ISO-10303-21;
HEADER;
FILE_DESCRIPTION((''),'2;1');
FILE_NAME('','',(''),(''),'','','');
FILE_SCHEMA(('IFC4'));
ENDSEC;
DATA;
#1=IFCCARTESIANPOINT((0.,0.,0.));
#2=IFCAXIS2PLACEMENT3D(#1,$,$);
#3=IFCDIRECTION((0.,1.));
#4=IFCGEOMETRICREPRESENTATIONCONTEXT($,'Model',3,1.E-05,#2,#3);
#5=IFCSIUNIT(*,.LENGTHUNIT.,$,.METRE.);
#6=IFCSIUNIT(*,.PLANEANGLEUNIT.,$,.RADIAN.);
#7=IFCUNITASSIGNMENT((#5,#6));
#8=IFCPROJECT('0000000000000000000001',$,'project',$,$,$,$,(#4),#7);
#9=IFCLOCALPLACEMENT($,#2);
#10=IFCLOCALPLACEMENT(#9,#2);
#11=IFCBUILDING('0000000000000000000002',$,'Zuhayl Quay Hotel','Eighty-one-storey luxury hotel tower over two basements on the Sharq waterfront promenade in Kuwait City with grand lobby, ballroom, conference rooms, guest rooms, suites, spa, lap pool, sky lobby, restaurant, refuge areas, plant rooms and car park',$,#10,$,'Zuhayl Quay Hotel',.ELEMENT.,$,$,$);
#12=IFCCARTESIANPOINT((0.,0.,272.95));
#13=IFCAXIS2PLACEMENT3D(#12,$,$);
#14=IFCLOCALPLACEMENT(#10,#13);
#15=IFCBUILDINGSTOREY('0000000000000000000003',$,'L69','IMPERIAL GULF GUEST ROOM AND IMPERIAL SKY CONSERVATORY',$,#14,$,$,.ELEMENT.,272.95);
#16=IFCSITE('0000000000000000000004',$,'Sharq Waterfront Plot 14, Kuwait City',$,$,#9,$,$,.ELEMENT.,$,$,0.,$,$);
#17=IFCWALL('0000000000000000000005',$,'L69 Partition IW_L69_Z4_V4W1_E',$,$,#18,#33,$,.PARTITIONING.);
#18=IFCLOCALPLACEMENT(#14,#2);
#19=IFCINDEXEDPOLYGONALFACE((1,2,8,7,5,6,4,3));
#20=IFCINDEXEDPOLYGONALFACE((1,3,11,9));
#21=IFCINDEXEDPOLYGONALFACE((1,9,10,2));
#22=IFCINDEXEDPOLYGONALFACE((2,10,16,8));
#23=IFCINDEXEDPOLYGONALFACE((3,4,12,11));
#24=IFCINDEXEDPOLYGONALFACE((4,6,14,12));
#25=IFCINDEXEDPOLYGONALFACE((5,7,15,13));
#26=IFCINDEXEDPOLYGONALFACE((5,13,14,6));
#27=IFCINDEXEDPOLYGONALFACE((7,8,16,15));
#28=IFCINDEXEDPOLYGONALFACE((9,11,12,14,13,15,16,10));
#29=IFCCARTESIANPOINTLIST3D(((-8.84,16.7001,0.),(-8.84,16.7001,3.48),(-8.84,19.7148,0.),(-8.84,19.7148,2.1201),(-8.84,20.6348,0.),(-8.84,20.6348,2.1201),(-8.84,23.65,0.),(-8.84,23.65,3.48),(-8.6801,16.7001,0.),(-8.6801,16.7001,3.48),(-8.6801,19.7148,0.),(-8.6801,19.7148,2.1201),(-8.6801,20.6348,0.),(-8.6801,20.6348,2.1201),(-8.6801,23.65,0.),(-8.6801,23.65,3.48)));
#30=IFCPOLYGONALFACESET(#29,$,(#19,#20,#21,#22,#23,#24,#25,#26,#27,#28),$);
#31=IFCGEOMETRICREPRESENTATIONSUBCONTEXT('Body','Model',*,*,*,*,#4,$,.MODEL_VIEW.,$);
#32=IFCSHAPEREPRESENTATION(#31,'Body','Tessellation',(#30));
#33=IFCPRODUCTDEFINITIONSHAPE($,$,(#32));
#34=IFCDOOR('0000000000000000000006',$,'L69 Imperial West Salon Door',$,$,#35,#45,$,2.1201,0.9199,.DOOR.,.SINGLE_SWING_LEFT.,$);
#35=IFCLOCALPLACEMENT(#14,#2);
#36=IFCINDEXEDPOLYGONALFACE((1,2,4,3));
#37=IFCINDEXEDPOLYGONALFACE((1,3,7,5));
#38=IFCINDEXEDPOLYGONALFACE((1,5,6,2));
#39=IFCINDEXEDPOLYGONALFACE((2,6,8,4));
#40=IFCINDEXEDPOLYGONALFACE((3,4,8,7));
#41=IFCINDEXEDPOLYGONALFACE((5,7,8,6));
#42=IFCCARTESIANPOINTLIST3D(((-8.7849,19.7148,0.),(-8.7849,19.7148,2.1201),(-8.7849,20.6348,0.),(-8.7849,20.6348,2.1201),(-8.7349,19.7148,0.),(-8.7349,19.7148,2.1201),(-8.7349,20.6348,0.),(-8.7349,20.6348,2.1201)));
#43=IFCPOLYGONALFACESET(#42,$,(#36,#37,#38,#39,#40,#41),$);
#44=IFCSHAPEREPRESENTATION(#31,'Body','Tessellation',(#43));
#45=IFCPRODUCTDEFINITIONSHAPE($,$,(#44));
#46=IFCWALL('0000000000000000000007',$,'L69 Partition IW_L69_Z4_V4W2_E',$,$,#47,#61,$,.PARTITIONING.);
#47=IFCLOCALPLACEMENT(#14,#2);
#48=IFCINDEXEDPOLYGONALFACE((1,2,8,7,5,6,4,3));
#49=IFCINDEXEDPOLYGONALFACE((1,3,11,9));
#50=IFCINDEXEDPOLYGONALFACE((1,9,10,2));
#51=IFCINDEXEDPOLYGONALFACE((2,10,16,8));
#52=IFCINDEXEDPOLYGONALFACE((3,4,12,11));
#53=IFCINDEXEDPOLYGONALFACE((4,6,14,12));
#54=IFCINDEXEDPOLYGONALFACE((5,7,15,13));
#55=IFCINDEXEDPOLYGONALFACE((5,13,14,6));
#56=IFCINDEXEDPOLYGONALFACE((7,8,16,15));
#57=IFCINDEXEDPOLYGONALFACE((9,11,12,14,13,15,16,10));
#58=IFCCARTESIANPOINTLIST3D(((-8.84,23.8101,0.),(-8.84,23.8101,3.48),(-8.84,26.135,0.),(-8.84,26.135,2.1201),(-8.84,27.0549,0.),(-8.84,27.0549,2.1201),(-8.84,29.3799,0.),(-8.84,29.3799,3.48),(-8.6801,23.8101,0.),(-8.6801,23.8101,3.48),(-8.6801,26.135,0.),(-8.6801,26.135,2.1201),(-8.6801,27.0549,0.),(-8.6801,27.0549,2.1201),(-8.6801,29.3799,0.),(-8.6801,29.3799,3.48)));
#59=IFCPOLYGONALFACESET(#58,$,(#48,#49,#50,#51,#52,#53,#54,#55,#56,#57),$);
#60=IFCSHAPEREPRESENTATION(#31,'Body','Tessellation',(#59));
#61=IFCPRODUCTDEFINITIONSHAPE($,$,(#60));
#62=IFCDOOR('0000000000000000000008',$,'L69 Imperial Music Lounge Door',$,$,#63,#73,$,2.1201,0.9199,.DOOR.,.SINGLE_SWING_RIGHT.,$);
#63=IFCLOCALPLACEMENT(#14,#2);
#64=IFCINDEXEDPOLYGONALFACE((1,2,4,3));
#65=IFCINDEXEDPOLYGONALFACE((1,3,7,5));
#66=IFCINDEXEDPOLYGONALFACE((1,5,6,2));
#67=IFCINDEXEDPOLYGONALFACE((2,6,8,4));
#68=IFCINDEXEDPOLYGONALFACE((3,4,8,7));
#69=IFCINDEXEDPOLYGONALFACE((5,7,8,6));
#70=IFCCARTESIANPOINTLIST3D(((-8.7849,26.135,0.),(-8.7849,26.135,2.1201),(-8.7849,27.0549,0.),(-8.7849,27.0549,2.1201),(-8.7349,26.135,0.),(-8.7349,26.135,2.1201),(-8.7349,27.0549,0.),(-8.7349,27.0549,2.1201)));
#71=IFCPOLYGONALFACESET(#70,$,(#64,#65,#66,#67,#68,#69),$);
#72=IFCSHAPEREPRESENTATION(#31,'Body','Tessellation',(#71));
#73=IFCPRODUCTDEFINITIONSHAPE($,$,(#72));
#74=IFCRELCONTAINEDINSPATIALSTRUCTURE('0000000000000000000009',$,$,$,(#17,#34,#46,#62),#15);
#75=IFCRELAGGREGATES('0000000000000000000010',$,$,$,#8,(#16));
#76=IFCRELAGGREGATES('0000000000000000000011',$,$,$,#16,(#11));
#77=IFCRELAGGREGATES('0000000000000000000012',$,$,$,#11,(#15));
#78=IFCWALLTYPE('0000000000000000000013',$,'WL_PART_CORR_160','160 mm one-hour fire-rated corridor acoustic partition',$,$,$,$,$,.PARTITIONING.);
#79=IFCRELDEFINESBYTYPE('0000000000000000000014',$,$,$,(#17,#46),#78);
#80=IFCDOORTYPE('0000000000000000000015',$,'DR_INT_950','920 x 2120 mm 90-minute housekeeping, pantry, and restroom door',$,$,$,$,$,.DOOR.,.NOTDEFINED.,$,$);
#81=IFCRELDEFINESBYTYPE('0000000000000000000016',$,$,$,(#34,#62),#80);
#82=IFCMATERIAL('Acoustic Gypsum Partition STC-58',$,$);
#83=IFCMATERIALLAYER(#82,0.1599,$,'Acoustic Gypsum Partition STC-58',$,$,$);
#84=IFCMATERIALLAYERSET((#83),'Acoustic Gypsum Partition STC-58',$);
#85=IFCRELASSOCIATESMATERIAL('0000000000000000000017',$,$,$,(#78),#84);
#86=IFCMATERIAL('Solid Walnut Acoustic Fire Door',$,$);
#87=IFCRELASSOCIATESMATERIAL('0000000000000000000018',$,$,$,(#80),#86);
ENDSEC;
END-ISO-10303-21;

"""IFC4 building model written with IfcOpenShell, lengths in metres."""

from ifc_helpers import new_model, si_unit, direction, frame, frame_2d, origin, place, context, subcontext, project, spatial, rectangle, extrude, material, layer, layer_set, type_object, element, fill, save


model = new_model("IFC4")

# Units and contexts
model_context = context("Model", 3, precision=1e-05, world=origin(), true_north=direction((0.0, 1.0)))
body_context = subcontext(model_context, "Body", "Model", "MODEL_VIEW")
ifc_project = project(units=[si_unit("LENGTHUNIT", "METRE"), si_unit("PLANEANGLEUNIT", "RADIAN")], contexts=[model_context])

# Site, building, storey
site_placement = place(None, origin())
site = spatial("IfcSite", under=ifc_project, at=site_placement, Name="Sharq Waterfront Plot 14, Kuwait City", CompositionType="ELEMENT", RefElevation=0.0)
building_placement = place(site_placement, origin())
building = spatial("IfcBuilding", under=site, at=building_placement, Name="Zuhayl Quay Hotel", Description="Eighty-one-storey luxury hotel tower over two basements on the Sharq waterfront promenade in Kuwait City with grand lobby, ballroom, conference rooms, guest rooms, suites, spa, lap pool, sky lobby, restaurant, refuge areas, plant rooms and car park", LongName="Zuhayl Quay Hotel", CompositionType="ELEMENT")
storey_placement = place(building_placement, frame((0.0, 0.0, 272.95)))
storey = spatial("IfcBuildingStorey", under=building, at=storey_placement, Name="L69", Description="IMPERIAL GULF GUEST ROOM AND IMPERIAL SKY CONSERVATORY", CompositionType="ELEMENT", Elevation=272.95)

# Shared definitions
ifc_material_1 = material(Name="Acoustic Gypsum Partition STC-58")

# Walls, openings, doors
ifc_layer_1 = layer(ifc_material_1, 0.1599, Name="Acoustic Gypsum Partition STC-58")
ifc_layer_set_1 = layer_set([ifc_layer_1], Name="Acoustic Gypsum Partition STC-58")
wall_type_1 = type_object("IfcWallType", Name="WL_PART_CORR_160", Description="160 mm one-hour fire-rated corridor acoustic partition", PredefinedType="PARTITIONING", material=ifc_layer_set_1)
ifc_material_2 = material(Name="Solid Walnut Acoustic Fire Door")
door_type_1 = type_object("IfcDoorType", Name="DR_INT_950", Description="920 x 2120 mm 90-minute housekeeping, pantry, and restroom door", OperationType="NOTDEFINED", PredefinedType="DOOR", material=ifc_material_2)
wall_1_placement = place(storey_placement, frame((-8.76, 16.7, 0.0), z_axis=(0.0, 0.0, 1.0), x_axis=(0.0, 1.0, 0.0)))
wall_1 = element("IfcWall", 1, at=wall_1_placement, inside=storey, type_object=wall_type_1, Name="L69 Partition IW_L69_Z4_V4W1_E", PredefinedType="PARTITIONING", context=body_context, shape_type="SweptSolid", body=[
    extrude(rectangle(XDim=6.95, YDim=0.1599, at=frame_2d((3.4751, 0.0))), origin(), (0.0, 0.0, 1.0), 3.48),
])
opening_1_placement = place(wall_1_placement, frame((3.0149, 0.0, 0.0)))
opening_1 = element("IfcOpeningElement", 2, at=opening_1_placement, cuts=wall_1, PredefinedType="OPENING", context=body_context, shape_type="SweptSolid", body=[
    extrude(rectangle(XDim=0.9199, YDim=2.1201, at=frame_2d((0.46, 1.0601))), frame((0.0, 0.0898, 0.0), z_axis=(0.0, -1.0, 0.0), x_axis=(1.0, 0.0, 0.0)), (0.0, 0.0, 1.0), 0.1799),
])
door_1_placement = place(opening_1_placement, origin())
door_1 = element("IfcDoor", 3, at=door_1_placement, inside=storey, type_object=door_type_1, Name="L69 Imperial West Salon Door", OperationType="SINGLE_SWING_LEFT", OverallHeight=2.1201, OverallWidth=0.9199, PredefinedType="DOOR", context=body_context, shape_type="SweptSolid", body=[
    extrude(rectangle(XDim=0.9199, YDim=2.1201, at=frame_2d((0.46, 1.0601))), frame((0.0, 0.0249, 0.0), z_axis=(0.0, -1.0, 0.0), x_axis=(1.0, 0.0, 0.0)), (0.0, 0.0, 1.0), 0.05),
])
fill(opening_1, door_1)
wall_2_placement = place(storey_placement, frame((-8.76, 23.8101, 0.0), z_axis=(0.0, 0.0, 1.0), x_axis=(0.0, 1.0, 0.0)))
wall_2 = element("IfcWall", 4, at=wall_2_placement, inside=storey, type_object=wall_type_1, Name="L69 Partition IW_L69_Z4_V4W2_E", PredefinedType="PARTITIONING", context=body_context, shape_type="SweptSolid", body=[
    extrude(rectangle(XDim=5.5698, YDim=0.1599, at=frame_2d((2.7849, 0.0))), origin(), (0.0, 0.0, 1.0), 3.48),
])
opening_2_placement = place(wall_2_placement, frame((2.325, 0.0, 0.0)))
opening_2 = element("IfcOpeningElement", 5, at=opening_2_placement, cuts=wall_2, PredefinedType="OPENING", context=body_context, shape_type="SweptSolid", body=[
    extrude(rectangle(XDim=0.9199, YDim=2.1201, at=frame_2d((0.46, 1.0601))), frame((0.0, 0.0898, 0.0), z_axis=(0.0, -1.0, 0.0), x_axis=(1.0, 0.0, 0.0)), (0.0, 0.0, 1.0), 0.1799),
])
door_2_placement = place(opening_2_placement, origin())
door_2 = element("IfcDoor", 6, at=door_2_placement, inside=storey, type_object=door_type_1, Name="L69 Imperial Music Lounge Door", OperationType="SINGLE_SWING_RIGHT", OverallHeight=2.1201, OverallWidth=0.9199, PredefinedType="DOOR", context=body_context, shape_type="SweptSolid", body=[
    extrude(rectangle(XDim=0.9199, YDim=2.1201, at=frame_2d((0.46, 1.0601))), frame((0.0, 0.0249, 0.0), z_axis=(0.0, -1.0, 0.0), x_axis=(1.0, 0.0, 0.0)), (0.0, 0.0, 1.0), 0.05),
])
fill(opening_2, door_2)

save(model, "model.ifc")
